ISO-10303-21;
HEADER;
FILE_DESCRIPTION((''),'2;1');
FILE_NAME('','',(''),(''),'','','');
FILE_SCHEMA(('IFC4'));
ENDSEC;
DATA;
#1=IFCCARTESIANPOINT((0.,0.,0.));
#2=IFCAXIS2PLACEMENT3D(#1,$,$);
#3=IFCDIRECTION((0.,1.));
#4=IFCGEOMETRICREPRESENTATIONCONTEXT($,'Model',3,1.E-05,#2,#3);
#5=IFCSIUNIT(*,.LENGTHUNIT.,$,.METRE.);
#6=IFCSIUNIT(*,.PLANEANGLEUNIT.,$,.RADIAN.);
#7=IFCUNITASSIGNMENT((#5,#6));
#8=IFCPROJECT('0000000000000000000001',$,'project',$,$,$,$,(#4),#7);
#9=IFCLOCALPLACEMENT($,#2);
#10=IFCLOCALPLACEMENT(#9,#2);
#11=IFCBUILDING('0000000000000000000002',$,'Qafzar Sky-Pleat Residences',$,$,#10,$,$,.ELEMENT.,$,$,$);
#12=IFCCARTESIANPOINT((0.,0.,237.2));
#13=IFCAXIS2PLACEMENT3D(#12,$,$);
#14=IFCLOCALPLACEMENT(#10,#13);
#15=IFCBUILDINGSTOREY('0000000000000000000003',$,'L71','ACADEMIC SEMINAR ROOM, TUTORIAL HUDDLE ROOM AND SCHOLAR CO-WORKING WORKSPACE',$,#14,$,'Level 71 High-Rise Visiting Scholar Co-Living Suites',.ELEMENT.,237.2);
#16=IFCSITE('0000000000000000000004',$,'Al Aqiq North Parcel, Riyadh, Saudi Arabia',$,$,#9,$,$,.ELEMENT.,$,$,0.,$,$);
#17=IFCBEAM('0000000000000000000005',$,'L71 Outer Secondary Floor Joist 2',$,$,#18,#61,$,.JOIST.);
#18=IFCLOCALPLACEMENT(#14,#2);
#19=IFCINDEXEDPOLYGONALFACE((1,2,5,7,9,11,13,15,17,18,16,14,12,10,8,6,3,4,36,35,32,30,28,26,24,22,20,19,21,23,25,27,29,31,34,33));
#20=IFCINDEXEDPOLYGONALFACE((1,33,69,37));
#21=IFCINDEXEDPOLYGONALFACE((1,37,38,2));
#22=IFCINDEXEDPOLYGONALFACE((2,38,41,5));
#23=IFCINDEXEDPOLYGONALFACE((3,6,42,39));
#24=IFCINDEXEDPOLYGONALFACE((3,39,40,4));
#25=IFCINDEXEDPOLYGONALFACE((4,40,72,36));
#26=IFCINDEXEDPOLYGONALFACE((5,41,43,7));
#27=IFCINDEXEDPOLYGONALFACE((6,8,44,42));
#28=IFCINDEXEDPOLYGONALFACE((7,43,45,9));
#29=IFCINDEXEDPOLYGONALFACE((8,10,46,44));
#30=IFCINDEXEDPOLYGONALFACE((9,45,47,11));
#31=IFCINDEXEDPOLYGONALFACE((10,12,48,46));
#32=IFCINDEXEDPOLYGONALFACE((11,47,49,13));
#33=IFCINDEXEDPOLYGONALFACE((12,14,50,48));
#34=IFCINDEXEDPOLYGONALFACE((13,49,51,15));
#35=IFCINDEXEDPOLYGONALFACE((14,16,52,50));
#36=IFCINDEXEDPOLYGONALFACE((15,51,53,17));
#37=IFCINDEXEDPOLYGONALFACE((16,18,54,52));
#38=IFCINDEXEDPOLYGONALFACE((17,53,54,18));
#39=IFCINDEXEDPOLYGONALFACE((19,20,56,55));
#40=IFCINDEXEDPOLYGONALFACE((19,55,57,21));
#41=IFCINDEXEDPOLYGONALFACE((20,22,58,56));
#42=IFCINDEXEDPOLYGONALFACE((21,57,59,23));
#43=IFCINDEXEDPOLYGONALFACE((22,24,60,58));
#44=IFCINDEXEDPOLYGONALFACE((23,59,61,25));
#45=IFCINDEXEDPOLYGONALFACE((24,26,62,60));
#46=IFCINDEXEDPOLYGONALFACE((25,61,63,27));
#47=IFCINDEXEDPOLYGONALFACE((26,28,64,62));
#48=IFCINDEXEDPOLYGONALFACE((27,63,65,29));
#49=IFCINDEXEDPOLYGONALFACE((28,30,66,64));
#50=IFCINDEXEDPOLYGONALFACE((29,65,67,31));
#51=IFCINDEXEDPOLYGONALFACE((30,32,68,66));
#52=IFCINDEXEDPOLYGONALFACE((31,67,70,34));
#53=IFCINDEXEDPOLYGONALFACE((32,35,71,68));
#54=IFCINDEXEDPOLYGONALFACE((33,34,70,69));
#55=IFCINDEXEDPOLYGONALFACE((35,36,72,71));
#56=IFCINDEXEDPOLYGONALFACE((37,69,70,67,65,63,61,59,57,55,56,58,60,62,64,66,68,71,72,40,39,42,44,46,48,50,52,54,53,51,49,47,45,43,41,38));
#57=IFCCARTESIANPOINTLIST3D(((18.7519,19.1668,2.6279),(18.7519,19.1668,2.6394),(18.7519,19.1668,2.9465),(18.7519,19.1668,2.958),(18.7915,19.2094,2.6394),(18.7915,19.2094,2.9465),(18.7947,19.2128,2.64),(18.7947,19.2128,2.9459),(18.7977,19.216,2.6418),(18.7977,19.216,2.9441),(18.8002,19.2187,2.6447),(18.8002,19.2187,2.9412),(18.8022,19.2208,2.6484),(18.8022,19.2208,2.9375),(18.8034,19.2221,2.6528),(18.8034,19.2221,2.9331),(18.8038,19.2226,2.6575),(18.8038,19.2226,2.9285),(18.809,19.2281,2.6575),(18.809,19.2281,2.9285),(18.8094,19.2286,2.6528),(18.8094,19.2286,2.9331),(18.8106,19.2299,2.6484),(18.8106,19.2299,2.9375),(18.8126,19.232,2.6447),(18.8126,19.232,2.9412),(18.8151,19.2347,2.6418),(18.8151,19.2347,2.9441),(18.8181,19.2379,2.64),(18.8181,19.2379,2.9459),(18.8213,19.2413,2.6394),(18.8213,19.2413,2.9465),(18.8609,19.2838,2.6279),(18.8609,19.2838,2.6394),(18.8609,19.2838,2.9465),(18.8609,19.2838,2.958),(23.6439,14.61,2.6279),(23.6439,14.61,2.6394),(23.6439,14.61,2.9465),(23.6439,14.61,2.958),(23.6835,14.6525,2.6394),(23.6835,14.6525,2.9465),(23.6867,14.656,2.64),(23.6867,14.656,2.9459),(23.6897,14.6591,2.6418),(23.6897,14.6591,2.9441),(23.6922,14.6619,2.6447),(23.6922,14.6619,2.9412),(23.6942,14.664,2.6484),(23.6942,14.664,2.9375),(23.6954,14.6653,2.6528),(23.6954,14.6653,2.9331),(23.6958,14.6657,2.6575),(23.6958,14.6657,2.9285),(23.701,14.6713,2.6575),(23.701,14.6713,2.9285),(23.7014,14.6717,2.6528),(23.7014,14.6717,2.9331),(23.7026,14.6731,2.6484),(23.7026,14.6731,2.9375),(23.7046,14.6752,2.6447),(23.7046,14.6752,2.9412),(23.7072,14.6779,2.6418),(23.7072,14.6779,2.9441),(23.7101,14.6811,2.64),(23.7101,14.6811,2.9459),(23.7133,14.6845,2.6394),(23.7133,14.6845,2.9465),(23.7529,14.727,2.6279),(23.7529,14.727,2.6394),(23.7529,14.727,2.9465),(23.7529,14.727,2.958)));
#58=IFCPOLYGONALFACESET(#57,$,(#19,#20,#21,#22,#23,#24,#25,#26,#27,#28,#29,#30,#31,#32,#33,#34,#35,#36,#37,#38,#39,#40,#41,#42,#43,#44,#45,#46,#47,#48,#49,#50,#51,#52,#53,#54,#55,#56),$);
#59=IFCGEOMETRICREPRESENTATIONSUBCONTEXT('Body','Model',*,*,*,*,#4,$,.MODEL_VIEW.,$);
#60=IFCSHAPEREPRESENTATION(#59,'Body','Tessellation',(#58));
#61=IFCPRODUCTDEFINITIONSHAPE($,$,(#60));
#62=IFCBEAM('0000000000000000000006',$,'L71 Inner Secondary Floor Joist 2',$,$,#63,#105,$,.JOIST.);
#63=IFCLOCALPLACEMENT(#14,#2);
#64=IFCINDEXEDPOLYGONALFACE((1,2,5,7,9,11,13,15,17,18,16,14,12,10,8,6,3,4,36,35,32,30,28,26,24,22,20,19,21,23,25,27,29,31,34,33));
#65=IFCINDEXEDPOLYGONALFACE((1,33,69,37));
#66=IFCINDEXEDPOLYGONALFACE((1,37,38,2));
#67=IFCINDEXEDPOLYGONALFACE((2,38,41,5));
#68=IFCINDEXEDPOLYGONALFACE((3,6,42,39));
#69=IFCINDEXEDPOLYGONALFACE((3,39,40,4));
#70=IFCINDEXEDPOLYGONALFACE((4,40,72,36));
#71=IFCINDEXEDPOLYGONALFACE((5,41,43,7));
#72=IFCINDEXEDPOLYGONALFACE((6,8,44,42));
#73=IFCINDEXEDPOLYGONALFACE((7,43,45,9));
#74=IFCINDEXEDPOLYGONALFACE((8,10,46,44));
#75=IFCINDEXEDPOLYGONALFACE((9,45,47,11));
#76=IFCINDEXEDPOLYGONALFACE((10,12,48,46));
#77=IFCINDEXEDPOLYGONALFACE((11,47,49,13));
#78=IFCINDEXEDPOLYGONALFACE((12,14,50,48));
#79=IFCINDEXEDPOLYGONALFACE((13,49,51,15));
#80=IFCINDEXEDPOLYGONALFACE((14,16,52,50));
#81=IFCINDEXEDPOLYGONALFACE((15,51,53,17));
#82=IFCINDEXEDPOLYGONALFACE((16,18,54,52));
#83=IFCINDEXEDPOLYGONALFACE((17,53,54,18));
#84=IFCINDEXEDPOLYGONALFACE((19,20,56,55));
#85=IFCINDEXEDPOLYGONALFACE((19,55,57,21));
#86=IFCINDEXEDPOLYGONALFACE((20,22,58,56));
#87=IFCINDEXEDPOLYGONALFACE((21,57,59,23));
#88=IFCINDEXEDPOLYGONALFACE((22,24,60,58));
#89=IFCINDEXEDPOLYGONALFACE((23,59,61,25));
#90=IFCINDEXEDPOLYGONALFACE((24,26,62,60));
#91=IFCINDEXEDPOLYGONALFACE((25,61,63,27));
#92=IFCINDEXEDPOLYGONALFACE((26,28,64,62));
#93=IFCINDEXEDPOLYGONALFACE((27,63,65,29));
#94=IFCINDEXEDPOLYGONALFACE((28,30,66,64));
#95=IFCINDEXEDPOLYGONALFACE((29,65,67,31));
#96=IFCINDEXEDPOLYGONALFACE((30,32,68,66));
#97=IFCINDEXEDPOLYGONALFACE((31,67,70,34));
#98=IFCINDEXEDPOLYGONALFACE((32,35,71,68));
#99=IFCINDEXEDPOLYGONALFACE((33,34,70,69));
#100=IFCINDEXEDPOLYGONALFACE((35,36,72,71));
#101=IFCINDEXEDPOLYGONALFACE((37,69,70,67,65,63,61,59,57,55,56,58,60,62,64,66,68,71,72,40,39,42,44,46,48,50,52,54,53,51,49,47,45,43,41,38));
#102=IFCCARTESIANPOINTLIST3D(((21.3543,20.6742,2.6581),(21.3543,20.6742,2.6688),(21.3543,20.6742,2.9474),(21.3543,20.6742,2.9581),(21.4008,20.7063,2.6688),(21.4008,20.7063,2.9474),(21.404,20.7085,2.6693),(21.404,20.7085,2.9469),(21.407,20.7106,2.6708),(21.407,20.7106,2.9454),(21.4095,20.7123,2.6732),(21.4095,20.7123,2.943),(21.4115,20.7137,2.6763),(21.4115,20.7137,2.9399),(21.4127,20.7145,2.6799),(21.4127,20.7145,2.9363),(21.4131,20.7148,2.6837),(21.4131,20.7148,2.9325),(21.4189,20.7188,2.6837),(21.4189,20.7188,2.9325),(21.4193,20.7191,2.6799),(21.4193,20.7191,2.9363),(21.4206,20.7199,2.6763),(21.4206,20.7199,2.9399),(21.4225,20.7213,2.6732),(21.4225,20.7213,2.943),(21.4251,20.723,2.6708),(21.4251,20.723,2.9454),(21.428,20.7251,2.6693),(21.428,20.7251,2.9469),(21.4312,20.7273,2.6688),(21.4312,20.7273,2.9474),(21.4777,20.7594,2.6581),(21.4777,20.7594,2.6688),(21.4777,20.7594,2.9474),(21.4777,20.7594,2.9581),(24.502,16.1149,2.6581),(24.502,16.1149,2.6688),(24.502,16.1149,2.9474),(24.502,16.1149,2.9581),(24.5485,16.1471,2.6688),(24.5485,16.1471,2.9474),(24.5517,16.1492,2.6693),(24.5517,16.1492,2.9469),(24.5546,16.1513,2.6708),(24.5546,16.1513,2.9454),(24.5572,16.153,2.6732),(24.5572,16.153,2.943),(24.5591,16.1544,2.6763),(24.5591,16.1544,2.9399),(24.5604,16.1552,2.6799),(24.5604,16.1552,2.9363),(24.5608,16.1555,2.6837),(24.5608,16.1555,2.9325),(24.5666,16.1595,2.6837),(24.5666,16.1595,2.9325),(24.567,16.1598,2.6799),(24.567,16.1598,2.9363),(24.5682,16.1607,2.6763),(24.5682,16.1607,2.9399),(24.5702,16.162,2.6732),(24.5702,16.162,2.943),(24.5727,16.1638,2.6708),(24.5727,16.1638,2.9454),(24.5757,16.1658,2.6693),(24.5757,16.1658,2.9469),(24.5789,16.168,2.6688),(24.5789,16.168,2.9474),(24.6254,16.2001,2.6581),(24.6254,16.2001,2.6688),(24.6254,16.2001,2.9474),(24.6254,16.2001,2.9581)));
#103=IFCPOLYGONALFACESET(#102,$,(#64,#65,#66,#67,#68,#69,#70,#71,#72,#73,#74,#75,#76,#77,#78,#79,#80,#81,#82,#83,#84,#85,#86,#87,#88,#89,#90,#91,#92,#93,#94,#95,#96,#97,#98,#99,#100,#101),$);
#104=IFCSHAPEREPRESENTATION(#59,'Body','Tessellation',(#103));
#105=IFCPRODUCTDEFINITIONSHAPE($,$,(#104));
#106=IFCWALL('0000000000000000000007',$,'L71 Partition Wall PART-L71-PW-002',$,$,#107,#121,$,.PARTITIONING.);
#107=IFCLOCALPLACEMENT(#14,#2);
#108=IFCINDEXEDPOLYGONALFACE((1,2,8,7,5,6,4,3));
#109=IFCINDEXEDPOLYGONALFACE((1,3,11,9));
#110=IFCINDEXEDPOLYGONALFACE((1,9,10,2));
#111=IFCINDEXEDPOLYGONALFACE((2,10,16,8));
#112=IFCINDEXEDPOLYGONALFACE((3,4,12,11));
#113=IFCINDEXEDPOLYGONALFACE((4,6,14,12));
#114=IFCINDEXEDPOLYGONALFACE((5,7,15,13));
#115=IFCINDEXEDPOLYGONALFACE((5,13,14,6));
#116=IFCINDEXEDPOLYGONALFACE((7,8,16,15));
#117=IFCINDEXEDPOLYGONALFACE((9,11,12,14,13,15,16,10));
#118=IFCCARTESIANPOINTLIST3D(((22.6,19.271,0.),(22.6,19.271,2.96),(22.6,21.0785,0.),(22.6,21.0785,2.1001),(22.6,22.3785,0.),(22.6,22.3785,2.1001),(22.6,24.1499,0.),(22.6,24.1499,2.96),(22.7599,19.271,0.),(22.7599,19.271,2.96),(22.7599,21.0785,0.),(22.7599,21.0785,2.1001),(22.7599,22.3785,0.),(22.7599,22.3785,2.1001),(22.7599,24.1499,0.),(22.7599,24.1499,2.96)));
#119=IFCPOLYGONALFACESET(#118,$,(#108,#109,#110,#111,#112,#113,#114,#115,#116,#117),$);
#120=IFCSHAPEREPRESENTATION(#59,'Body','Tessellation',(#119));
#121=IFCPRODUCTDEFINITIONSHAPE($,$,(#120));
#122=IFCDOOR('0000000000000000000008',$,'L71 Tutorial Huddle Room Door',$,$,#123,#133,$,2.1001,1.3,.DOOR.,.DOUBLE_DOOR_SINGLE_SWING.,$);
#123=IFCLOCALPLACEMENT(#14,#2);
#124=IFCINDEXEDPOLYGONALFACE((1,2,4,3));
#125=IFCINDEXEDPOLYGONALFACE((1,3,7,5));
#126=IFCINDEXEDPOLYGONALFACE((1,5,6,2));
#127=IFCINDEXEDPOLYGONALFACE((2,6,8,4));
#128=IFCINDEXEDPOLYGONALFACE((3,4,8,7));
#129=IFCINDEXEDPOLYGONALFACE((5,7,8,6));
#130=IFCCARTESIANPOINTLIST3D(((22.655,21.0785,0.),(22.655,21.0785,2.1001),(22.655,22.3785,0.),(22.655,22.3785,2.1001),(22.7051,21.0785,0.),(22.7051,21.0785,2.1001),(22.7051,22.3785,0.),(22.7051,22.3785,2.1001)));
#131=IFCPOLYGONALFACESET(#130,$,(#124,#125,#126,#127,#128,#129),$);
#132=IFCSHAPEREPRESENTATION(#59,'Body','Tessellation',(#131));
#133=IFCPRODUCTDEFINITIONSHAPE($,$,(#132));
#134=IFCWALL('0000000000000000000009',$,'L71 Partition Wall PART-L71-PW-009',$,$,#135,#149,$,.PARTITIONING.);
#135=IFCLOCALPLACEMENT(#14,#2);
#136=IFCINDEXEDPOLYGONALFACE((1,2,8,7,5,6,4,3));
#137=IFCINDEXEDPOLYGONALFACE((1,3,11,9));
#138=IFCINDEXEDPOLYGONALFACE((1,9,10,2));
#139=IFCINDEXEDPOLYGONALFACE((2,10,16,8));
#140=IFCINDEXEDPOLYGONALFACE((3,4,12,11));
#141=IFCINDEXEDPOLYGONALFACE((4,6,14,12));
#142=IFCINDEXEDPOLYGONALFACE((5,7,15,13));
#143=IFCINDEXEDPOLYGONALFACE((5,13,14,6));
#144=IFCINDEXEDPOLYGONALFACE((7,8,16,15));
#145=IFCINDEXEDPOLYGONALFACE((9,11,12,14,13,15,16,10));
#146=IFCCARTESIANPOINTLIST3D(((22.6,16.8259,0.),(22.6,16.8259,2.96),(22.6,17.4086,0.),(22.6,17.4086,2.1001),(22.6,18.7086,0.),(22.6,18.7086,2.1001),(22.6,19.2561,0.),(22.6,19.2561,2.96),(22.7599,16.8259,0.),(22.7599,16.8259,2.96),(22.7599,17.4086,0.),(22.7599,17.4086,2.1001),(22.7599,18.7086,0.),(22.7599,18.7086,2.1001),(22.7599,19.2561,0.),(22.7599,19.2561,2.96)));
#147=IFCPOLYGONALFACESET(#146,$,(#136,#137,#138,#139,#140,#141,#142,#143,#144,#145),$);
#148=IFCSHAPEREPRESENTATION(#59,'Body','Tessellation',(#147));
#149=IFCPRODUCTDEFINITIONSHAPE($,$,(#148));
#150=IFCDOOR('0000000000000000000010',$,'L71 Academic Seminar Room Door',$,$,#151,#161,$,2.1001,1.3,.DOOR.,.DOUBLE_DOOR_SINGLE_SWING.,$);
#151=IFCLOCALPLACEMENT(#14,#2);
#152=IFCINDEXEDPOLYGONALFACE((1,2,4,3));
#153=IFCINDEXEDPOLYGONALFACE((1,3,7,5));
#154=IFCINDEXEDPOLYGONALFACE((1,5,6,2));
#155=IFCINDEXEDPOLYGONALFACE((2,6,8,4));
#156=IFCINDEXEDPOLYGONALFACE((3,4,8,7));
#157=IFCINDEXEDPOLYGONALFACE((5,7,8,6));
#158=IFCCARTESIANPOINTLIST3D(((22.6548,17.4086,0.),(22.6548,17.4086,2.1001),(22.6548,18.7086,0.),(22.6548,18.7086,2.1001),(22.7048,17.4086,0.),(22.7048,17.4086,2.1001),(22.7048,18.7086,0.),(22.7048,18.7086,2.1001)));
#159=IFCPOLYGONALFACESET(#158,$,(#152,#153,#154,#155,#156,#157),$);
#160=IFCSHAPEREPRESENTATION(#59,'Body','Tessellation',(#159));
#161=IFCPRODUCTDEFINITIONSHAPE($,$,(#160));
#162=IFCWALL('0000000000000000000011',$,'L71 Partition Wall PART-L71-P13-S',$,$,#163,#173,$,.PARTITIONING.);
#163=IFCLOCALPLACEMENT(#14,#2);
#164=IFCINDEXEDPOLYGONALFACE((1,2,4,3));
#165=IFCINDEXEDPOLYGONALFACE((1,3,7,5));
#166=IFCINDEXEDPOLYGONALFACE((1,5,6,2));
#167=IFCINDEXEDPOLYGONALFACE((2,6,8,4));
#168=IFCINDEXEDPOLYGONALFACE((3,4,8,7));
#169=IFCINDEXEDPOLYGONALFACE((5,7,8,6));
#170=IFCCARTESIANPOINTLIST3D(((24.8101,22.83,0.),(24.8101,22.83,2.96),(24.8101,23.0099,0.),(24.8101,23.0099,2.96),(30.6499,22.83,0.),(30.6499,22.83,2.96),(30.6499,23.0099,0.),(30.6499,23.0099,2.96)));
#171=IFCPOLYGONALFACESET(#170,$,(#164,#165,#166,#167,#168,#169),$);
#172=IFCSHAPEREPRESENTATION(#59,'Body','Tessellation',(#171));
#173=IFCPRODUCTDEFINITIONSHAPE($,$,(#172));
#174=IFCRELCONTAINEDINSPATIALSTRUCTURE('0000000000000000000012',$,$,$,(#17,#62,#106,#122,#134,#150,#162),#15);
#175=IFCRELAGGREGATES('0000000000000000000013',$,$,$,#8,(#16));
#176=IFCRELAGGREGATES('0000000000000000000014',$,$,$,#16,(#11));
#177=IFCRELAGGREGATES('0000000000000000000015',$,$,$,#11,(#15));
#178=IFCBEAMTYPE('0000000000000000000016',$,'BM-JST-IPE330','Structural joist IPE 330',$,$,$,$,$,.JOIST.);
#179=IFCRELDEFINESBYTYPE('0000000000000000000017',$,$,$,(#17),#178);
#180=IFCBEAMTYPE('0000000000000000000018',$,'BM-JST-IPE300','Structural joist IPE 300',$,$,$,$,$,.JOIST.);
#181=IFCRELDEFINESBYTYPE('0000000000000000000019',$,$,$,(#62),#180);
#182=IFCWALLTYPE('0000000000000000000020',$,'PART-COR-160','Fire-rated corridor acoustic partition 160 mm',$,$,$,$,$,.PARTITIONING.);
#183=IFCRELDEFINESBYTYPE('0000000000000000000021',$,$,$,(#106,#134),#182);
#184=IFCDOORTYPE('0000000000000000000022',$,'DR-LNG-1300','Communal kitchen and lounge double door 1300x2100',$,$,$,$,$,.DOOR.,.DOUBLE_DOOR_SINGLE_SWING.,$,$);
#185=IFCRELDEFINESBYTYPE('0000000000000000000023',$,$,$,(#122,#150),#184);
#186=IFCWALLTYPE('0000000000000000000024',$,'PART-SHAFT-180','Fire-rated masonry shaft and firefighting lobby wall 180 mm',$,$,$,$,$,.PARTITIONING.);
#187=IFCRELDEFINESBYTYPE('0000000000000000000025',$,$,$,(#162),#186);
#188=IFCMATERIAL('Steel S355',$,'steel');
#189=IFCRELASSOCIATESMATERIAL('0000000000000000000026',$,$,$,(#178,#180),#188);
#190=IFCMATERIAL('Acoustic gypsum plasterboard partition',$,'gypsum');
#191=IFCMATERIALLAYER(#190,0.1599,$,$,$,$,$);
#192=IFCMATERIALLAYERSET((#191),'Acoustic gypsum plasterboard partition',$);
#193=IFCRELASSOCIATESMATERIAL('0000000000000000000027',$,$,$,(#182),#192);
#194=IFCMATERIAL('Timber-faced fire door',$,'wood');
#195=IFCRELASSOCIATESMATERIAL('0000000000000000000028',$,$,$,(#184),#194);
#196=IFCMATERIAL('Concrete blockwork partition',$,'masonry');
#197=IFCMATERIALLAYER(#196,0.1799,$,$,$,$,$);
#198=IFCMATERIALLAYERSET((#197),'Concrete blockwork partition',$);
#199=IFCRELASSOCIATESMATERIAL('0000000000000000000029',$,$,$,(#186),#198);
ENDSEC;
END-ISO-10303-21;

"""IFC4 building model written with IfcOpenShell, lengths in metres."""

from ifc_helpers import new_model, si_unit, direction, frame, frame_2d, origin, origin_2d, place, context, subcontext, project, spatial, rectangle, i_section, extrude, source, transform, mapped, material, layer, layer_set, material_profile, profile_set, type_object, element, fill, save


model = new_model("IFC4")

# Units and contexts
model_context = context("Model", 3, precision=1e-05, world=origin(), true_north=direction((0.0, 1.0)))
body_context = subcontext(model_context, "Body", "Model", "MODEL_VIEW")
ifc_project = project(units=[si_unit("LENGTHUNIT", "METRE"), si_unit("PLANEANGLEUNIT", "RADIAN")], contexts=[model_context])

# Site, building, storey
site_placement = place(None, origin())
site = spatial("IfcSite", under=ifc_project, at=site_placement, Name="Al Aqiq North Parcel, Riyadh, Saudi Arabia", CompositionType="ELEMENT", RefElevation=0.0)
building_placement = place(site_placement, origin())
building = spatial("IfcBuilding", under=site, at=building_placement, Name="Qafzar Sky-Pleat Residences", CompositionType="ELEMENT")
storey_placement = place(building_placement, frame((0.0, 0.0, 237.2)))
storey = spatial("IfcBuildingStorey", under=building, at=storey_placement, Name="L71", Description="ACADEMIC SEMINAR ROOM, TUTORIAL HUDDLE ROOM AND SCHOLAR CO-WORKING WORKSPACE", LongName="Level 71 High-Rise Visiting Scholar Co-Living Suites", CompositionType="ELEMENT", Elevation=237.2)

# Beams
ifc_material_1 = material(Name="Steel S355", Category="steel")
ifc_material_profile_1 = material_profile(ifc_material_1, i_section(OverallWidth=0.1599, OverallDepth=0.3301, WebThickness=0.0076, FlangeThickness=0.0115, FilletRadius=0.0181, at=origin_2d()), Name="IPE 330")
ifc_profile_set_1 = profile_set([ifc_material_profile_1], Name="Steel S355")
beam_type_1 = type_object("IfcBeamType", Name="BM-JST-IPE330", Description="Structural joist IPE 330", PredefinedType="JOIST", material=ifc_profile_set_1)
shared_shape_1 = source(origin(), body_context, "Body", "SweptSolid", [
    extrude(i_section(OverallWidth=0.1599, OverallDepth=0.3301, WebThickness=0.0076, FlangeThickness=0.0115, FilletRadius=0.0181, at=origin_2d()), origin(), (0.0, 0.0, 1.0), 6.6855),
])
beam_1_placement = place(storey_placement, frame((18.8064, 19.2253, 2.793), z_axis=(0.731731, -0.681593, 0.0), x_axis=(0.681593, 0.731731, 0.0)))
element("IfcBeam", 1, at=beam_1_placement, inside=storey, type_object=beam_type_1, Name="L71 Outer Secondary Floor Joist 2", PredefinedType="JOIST", context=body_context, shape_type="MappedRepresentation", body=[
    mapped(shared_shape_1, transform((0.0, 0.0, 0.0), x_axis=(1.0, 0.0, 0.0), y_axis=(0.0, 1.0, 0.0), z_axis=(0.0, 0.0, 1.0), scale=1.0)),
])
ifc_material_profile_2 = material_profile(ifc_material_1, i_section(OverallWidth=0.1499, OverallDepth=0.3, WebThickness=0.0071, FlangeThickness=0.0107, FilletRadius=0.0149, at=origin_2d()), Name="IPE 300")
ifc_profile_set_2 = profile_set([ifc_material_profile_2], Name="Steel S355")
beam_type_2 = type_object("IfcBeamType", Name="BM-JST-IPE300", Description="Structural joist IPE 300", PredefinedType="JOIST", material=ifc_profile_set_2)
shared_shape_2 = source(origin(), body_context, "Body", "SweptSolid", [
    extrude(i_section(OverallWidth=0.1499, OverallDepth=0.3, WebThickness=0.0071, FlangeThickness=0.0107, FilletRadius=0.0149, at=origin_2d()), origin(), (0.0, 0.0, 1.0), 5.5403),
])
beam_2_placement = place(storey_placement, frame((21.416, 20.7168, 2.8081), z_axis=(0.568142, -0.822931, 0.0), x_axis=(0.822931, 0.568142, 0.0)))
element("IfcBeam", 2, at=beam_2_placement, inside=storey, type_object=beam_type_2, Name="L71 Inner Secondary Floor Joist 2", PredefinedType="JOIST", context=body_context, shape_type="MappedRepresentation", body=[
    mapped(shared_shape_2, transform((0.0, 0.0, 0.0), x_axis=(1.0, 0.0, 0.0), y_axis=(0.0, 1.0, 0.0), z_axis=(0.0, 0.0, 1.0), scale=1.0)),
])

# Walls, openings, doors
ifc_material_2 = material(Name="Acoustic gypsum plasterboard partition", Category="gypsum")
ifc_layer_1 = layer(ifc_material_2, 0.1599)
ifc_layer_set_1 = layer_set([ifc_layer_1], Name="Acoustic gypsum plasterboard partition")
wall_type_1 = type_object("IfcWallType", Name="PART-COR-160", Description="Fire-rated corridor acoustic partition 160 mm", PredefinedType="PARTITIONING", material=ifc_layer_set_1)
wall_1_placement = place(storey_placement, frame((22.6799, 19.271, 0.0), z_axis=(0.0, 0.0, 1.0), x_axis=(0.0, 1.0, 0.0)))
wall_1 = element("IfcWall", 3, at=wall_1_placement, inside=storey, type_object=wall_type_1, Name="L71 Partition Wall PART-L71-PW-002", PredefinedType="PARTITIONING", context=body_context, shape_type="SweptSolid", body=[
    extrude(rectangle(XDim=4.8789, YDim=0.1599, at=frame_2d((2.4395, 0.0))), origin(), (0.0, 0.0, 1.0), 2.96),
])
opening_1_placement = place(wall_1_placement, frame((1.8076, 0.0, 0.0)))
opening_1 = element("IfcOpeningElement", 4, at=opening_1_placement, cuts=wall_1, PredefinedType="OPENING", context=body_context, shape_type="SweptSolid", body=[
    extrude(rectangle(XDim=1.3, YDim=2.1001, at=frame_2d((0.6499, 1.05))), frame((0.0, 0.0898, 0.0), z_axis=(0.0, -1.0, 0.0), x_axis=(1.0, 0.0, 0.0)), (0.0, 0.0, 1.0), 0.1799),
])
ifc_material_3 = material(Name="Timber-faced fire door", Category="wood")
door_type_1 = type_object("IfcDoorType", Name="DR-LNG-1300", Description="Communal kitchen and lounge double door 1300x2100", OperationType="DOUBLE_DOOR_SINGLE_SWING", PredefinedType="DOOR", material=ifc_material_3)
shared_shape_3 = source(origin(), body_context, "Body", "SweptSolid", [
    extrude(rectangle(XDim=1.3, YDim=2.1001, at=frame_2d((0.6499, 1.05))), frame((0.0, 0.0249, 0.0), z_axis=(0.0, -1.0, 0.0), x_axis=(1.0, 0.0, 0.0)), (0.0, 0.0, 1.0), 0.05),
])
door_1_placement = place(opening_1_placement, origin())
door_1 = element("IfcDoor", 5, at=door_1_placement, inside=storey, type_object=door_type_1, Name="L71 Tutorial Huddle Room Door", OperationType="DOUBLE_DOOR_SINGLE_SWING", OverallHeight=2.1001, OverallWidth=1.3, PredefinedType="DOOR", context=body_context, shape_type="MappedRepresentation", body=[
    mapped(shared_shape_3, transform((0.0, 0.0, 0.0), x_axis=(1.0, 0.0, 0.0), y_axis=(0.0, 1.0, 0.0), z_axis=(0.0, 0.0, 1.0), scale=1.0)),
])
fill(opening_1, door_1)
wall_2_placement = place(storey_placement, frame((22.6799, 19.2561, 0.0), z_axis=(0.0, 0.0, 1.0), x_axis=(0.0, -1.0, 0.0)))
wall_2 = element("IfcWall", 6, at=wall_2_placement, inside=storey, type_object=wall_type_1, Name="L71 Partition Wall PART-L71-PW-009", PredefinedType="PARTITIONING", context=body_context, shape_type="SweptSolid", body=[
    extrude(rectangle(XDim=2.4302, YDim=0.1599, at=frame_2d((1.2151, 0.0))), origin(), (0.0, 0.0, 1.0), 2.96),
])
opening_2_placement = place(wall_2_placement, frame((0.5476, 0.0, 0.0)))
opening_2 = element("IfcOpeningElement", 7, at=opening_2_placement, cuts=wall_2, PredefinedType="OPENING", context=body_context, shape_type="SweptSolid", body=[
    extrude(rectangle(XDim=1.3, YDim=2.1001, at=frame_2d((0.6499, 1.05))), frame((0.0, 0.0898, 0.0), z_axis=(0.0, -1.0, 0.0), x_axis=(1.0, 0.0, 0.0)), (0.0, 0.0, 1.0), 0.1799),
])
door_2_placement = place(opening_2_placement, origin())
door_2 = element("IfcDoor", 8, at=door_2_placement, inside=storey, type_object=door_type_1, Name="L71 Academic Seminar Room Door", OperationType="DOUBLE_DOOR_SINGLE_SWING", OverallHeight=2.1001, OverallWidth=1.3, PredefinedType="DOOR", context=body_context, shape_type="MappedRepresentation", body=[
    mapped(shared_shape_3, transform((0.0, 0.0, 0.0), x_axis=(1.0, 0.0, 0.0), y_axis=(0.0, 1.0, 0.0), z_axis=(0.0, 0.0, 1.0), scale=1.0)),
])
fill(opening_2, door_2)

# Wall
ifc_material_4 = material(Name="Concrete blockwork partition", Category="masonry")
ifc_layer_2 = layer(ifc_material_4, 0.1799)
ifc_layer_set_2 = layer_set([ifc_layer_2], Name="Concrete blockwork partition")
wall_type_2 = type_object("IfcWallType", Name="PART-SHAFT-180", Description="Fire-rated masonry shaft and firefighting lobby wall 180 mm", PredefinedType="PARTITIONING", material=ifc_layer_set_2)
wall_3_placement = place(storey_placement, frame((24.8101, 22.9199, 0.0), z_axis=(0.0, 0.0, 1.0), x_axis=(1.0, 0.0, 0.0)))
element("IfcWall", 9, at=wall_3_placement, inside=storey, type_object=wall_type_2, Name="L71 Partition Wall PART-L71-P13-S", PredefinedType="PARTITIONING", context=body_context, shape_type="SweptSolid", body=[
    extrude(rectangle(XDim=5.8398, YDim=0.1799, at=frame_2d((2.9199, 0.0))), origin(), (0.0, 0.0, 1.0), 2.96),
])

save(model, "model.ifc")
